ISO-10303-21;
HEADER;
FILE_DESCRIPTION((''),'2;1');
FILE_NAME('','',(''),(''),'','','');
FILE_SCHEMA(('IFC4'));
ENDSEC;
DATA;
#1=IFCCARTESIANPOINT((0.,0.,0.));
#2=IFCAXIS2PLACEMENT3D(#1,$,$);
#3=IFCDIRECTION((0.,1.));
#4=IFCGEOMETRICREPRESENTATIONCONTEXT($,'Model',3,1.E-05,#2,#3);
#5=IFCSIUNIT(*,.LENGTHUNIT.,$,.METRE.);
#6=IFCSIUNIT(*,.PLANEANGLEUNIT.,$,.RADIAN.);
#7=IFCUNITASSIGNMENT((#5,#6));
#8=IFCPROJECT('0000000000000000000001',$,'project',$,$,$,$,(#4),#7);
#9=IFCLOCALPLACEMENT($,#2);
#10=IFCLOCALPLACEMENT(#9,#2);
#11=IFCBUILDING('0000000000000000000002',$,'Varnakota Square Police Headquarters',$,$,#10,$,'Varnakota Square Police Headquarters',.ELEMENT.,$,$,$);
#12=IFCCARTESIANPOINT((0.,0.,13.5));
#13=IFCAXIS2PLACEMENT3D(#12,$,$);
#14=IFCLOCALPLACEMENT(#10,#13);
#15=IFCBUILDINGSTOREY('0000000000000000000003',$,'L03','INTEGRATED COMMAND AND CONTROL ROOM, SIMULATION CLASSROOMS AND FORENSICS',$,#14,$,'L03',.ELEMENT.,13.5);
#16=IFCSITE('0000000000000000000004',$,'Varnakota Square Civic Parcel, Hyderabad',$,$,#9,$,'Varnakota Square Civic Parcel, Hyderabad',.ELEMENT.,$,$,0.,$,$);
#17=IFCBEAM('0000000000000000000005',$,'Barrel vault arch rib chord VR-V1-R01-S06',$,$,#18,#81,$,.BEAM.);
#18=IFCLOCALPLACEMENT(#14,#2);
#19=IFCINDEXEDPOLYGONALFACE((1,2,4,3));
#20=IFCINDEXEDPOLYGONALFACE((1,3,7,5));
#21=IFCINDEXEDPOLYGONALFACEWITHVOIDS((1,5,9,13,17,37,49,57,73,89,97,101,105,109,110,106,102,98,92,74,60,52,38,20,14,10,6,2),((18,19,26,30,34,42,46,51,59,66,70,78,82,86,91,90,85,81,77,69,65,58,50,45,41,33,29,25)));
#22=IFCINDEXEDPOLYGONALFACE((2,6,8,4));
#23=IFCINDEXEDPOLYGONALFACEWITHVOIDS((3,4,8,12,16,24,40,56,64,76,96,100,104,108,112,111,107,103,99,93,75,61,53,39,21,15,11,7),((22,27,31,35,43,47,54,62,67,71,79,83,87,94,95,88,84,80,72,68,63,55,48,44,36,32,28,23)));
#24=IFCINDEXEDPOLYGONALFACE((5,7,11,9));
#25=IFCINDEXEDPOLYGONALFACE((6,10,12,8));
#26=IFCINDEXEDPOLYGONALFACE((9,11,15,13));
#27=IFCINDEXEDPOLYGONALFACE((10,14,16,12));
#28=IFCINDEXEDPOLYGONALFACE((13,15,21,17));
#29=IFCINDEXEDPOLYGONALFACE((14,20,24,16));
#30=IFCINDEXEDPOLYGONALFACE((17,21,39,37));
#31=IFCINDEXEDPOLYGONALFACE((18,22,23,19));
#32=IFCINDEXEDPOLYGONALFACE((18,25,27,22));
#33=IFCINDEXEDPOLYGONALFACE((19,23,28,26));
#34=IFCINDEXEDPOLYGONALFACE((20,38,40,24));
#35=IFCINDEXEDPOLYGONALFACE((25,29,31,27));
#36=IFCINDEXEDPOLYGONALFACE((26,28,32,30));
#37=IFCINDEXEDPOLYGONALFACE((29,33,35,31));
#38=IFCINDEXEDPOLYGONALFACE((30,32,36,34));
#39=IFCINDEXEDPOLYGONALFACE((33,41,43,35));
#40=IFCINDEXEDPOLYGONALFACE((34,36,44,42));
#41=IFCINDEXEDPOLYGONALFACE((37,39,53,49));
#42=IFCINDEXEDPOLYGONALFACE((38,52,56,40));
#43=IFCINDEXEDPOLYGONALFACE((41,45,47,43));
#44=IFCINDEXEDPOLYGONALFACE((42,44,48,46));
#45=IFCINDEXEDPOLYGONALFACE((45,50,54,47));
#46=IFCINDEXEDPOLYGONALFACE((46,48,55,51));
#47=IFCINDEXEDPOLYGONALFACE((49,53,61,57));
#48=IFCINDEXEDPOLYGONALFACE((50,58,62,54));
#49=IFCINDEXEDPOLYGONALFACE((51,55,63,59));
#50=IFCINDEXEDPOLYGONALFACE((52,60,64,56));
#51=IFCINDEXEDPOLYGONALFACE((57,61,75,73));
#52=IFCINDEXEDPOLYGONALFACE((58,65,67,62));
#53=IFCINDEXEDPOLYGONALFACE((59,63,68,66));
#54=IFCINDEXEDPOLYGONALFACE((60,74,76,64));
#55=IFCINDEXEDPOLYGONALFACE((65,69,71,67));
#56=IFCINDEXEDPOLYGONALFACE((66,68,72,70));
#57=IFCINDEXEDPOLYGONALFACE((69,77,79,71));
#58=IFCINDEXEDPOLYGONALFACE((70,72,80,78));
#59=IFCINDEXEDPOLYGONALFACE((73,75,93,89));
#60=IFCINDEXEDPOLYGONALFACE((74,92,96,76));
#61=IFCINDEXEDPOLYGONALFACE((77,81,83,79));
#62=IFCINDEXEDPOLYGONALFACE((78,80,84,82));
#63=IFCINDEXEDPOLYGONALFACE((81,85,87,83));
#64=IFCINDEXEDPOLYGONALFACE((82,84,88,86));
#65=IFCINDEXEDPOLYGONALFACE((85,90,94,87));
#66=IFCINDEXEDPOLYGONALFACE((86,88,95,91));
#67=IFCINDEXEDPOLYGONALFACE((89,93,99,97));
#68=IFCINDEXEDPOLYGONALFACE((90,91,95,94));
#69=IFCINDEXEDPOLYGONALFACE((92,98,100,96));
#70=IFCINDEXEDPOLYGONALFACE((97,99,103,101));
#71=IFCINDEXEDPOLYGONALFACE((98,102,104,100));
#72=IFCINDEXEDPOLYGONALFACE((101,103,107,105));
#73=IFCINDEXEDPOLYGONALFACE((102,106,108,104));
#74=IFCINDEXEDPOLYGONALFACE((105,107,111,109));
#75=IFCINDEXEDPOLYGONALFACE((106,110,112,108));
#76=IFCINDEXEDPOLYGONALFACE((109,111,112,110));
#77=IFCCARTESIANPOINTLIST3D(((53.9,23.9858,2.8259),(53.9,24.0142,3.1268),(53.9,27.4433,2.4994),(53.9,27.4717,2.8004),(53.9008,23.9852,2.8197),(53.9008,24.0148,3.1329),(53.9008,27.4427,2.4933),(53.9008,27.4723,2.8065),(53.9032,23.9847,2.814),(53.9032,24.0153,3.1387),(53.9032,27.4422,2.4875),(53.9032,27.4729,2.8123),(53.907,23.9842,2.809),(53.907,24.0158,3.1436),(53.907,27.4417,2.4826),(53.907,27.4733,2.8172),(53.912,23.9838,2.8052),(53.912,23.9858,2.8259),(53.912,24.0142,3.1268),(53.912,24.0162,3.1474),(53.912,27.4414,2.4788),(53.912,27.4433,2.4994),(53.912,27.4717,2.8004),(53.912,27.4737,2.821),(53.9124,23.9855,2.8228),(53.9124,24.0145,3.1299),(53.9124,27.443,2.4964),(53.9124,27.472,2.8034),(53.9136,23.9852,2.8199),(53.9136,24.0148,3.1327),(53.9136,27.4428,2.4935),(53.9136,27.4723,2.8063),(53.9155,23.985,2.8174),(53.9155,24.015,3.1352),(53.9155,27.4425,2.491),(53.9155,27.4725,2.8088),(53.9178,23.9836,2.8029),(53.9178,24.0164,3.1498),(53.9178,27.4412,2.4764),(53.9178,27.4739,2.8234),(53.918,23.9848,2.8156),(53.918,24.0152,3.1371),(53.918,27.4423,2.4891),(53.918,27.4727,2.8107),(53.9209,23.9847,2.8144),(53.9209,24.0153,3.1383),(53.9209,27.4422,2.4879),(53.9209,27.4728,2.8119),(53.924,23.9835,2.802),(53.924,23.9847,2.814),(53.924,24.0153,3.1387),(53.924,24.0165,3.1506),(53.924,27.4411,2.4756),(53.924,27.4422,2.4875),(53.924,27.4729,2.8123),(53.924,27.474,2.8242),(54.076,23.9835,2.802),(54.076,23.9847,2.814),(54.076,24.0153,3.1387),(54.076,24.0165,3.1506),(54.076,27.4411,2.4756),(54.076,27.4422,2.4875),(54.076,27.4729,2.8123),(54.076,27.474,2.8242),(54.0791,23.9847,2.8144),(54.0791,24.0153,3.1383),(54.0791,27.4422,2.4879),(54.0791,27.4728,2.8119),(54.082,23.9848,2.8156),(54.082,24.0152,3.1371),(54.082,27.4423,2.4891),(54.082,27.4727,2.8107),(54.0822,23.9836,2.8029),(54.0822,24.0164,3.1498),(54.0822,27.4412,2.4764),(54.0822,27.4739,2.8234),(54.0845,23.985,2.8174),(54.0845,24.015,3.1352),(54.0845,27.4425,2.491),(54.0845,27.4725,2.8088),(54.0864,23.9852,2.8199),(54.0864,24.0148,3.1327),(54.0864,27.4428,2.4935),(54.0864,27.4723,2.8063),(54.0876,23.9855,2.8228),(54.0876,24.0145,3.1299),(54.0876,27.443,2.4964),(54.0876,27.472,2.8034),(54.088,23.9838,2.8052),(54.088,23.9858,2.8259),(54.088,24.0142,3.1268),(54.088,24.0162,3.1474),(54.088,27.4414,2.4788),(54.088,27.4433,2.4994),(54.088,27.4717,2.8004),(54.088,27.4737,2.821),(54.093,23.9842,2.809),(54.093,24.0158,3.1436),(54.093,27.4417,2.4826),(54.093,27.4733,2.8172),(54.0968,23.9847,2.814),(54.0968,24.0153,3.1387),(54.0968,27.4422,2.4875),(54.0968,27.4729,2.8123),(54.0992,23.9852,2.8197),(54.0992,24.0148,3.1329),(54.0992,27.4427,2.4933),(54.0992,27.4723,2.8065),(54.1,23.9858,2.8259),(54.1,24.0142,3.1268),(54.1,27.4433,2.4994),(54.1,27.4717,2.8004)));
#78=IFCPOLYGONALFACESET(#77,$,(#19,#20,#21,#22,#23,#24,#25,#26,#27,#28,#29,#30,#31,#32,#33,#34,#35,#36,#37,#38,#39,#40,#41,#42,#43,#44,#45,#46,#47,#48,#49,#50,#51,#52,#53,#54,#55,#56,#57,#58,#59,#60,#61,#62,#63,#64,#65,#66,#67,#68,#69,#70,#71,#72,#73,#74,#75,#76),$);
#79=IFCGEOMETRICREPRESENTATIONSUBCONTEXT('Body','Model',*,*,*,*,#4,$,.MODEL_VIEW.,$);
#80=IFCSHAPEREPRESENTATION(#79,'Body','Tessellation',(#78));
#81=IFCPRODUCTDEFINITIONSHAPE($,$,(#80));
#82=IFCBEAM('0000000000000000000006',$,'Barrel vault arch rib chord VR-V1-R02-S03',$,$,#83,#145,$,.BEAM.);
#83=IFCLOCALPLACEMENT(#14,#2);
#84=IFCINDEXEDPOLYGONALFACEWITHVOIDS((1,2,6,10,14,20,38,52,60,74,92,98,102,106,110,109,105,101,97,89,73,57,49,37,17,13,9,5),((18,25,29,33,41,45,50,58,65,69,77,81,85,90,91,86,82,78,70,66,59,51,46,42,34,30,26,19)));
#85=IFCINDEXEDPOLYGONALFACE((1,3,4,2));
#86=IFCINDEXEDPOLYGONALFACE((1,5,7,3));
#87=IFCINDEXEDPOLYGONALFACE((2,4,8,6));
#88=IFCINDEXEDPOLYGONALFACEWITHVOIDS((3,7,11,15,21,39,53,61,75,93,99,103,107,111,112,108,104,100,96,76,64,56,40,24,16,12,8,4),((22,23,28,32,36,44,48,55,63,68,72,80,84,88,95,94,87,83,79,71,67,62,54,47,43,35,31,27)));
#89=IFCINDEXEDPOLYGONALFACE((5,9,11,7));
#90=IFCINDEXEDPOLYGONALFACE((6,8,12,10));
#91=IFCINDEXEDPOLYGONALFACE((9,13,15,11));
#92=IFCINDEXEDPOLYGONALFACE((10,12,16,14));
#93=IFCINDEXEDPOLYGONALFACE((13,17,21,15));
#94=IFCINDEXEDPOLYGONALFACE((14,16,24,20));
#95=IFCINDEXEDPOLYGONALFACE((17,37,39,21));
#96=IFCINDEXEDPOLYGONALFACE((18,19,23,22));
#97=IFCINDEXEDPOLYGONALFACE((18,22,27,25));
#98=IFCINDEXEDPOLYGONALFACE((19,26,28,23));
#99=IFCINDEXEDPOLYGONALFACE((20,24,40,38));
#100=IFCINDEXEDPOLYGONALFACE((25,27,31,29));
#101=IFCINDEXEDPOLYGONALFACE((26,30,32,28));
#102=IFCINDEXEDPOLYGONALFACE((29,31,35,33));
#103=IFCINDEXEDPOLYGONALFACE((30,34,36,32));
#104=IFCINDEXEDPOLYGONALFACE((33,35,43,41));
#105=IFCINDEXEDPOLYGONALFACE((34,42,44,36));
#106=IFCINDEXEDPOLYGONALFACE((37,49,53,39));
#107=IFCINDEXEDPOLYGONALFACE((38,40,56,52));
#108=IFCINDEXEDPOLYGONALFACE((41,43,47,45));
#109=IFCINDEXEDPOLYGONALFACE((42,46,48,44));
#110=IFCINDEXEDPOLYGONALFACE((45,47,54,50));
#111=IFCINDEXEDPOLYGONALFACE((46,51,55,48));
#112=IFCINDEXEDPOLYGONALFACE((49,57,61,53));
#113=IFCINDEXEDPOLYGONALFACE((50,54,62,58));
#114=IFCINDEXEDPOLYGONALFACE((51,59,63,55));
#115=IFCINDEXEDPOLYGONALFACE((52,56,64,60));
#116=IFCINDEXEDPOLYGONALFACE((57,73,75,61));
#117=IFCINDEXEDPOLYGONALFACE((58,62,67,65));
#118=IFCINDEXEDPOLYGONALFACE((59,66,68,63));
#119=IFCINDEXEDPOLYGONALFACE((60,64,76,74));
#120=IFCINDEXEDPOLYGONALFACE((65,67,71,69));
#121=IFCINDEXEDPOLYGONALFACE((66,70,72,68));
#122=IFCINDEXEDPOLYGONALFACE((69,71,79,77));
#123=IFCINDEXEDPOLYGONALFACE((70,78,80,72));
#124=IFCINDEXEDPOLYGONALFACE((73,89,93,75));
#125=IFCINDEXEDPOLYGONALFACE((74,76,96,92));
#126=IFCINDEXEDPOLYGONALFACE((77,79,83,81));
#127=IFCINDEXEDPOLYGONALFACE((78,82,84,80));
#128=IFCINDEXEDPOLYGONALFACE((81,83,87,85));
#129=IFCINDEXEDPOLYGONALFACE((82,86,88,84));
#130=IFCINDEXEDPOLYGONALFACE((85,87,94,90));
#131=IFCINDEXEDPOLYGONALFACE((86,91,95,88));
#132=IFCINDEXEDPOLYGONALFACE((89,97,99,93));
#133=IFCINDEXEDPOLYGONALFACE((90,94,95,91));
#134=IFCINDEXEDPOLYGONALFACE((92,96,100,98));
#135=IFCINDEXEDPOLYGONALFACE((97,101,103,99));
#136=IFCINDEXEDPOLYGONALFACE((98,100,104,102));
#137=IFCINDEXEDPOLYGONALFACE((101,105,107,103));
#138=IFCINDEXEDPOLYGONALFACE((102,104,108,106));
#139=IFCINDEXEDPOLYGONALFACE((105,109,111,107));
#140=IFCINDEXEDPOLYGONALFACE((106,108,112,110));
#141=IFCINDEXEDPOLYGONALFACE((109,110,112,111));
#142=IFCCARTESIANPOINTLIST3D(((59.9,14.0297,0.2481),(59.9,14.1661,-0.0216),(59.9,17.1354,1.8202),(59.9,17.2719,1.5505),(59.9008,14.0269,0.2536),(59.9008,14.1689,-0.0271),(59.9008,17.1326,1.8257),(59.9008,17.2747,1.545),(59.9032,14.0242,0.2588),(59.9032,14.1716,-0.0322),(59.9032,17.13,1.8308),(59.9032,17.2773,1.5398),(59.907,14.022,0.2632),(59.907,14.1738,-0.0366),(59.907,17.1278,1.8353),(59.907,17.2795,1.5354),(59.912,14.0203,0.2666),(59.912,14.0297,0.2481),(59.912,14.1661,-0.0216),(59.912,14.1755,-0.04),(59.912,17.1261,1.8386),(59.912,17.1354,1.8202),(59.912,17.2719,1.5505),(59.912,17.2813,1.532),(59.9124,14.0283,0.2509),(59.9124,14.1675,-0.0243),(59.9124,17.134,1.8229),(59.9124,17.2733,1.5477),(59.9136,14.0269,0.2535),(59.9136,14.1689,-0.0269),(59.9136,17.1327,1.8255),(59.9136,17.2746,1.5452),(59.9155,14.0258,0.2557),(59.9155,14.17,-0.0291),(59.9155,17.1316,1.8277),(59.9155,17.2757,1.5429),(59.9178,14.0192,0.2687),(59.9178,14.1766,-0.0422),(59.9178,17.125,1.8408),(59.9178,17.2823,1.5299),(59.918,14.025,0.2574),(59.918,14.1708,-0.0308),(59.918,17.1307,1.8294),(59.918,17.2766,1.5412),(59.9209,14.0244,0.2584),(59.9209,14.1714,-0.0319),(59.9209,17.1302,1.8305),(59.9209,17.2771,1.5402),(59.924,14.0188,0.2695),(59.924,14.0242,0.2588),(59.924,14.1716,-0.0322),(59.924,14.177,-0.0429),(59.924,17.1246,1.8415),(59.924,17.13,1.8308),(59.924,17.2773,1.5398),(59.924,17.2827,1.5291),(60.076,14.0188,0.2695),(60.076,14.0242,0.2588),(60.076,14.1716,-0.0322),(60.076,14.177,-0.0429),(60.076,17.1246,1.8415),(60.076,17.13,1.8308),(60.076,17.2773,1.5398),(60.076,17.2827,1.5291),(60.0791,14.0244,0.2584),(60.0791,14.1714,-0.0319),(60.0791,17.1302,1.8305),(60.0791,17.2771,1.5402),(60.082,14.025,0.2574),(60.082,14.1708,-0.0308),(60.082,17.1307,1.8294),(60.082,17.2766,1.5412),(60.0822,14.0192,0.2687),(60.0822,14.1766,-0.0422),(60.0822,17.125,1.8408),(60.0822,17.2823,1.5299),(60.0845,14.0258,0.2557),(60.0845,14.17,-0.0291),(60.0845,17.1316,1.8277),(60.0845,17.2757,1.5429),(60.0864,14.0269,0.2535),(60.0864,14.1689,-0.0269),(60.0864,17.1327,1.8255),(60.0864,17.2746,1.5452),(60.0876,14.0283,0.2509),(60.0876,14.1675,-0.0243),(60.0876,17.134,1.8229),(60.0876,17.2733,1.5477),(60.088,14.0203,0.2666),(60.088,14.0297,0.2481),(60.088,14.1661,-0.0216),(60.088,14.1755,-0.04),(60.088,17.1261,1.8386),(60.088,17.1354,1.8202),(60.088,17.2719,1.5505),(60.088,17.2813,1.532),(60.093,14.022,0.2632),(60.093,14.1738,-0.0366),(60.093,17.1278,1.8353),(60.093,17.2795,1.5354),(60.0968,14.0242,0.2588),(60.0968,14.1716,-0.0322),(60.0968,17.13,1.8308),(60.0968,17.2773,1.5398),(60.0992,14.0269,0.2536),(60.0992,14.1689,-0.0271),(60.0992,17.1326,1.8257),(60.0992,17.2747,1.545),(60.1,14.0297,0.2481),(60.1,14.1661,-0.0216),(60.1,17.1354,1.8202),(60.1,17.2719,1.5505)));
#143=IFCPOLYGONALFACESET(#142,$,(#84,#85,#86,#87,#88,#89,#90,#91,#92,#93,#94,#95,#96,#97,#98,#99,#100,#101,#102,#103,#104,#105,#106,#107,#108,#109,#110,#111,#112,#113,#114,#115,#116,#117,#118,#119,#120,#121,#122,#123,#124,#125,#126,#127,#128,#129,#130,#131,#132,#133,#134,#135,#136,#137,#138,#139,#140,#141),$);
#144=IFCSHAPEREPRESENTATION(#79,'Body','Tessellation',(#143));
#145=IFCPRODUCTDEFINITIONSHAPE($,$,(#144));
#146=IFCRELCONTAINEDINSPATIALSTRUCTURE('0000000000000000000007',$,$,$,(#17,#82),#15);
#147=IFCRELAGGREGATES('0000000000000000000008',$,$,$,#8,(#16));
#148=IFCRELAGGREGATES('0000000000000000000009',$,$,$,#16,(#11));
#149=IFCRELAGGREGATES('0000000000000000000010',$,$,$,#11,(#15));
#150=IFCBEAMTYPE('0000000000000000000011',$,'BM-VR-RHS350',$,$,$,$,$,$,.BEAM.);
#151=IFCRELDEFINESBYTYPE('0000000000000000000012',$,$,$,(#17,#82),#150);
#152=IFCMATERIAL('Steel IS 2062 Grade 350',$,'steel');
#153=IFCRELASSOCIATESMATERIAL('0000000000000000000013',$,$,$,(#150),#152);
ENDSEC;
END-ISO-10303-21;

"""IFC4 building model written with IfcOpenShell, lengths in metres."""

from ifc_helpers import new_model, si_unit, direction, frame, origin, origin_2d, place, context, subcontext, project, spatial, hollow_rectangle, extrude, material, material_profile, profile_set, type_object, element, save


model = new_model("IFC4")

# Units and contexts
model_context = context("Model", 3, precision=1e-05, world=origin(), true_north=direction((0.0, 1.0)))
body_context = subcontext(model_context, "Body", "Model", "MODEL_VIEW")
ifc_project = project(units=[si_unit("LENGTHUNIT", "METRE"), si_unit("PLANEANGLEUNIT", "RADIAN")], contexts=[model_context])

# Site, building, storey
site_placement = place(None, origin())
site = spatial("IfcSite", under=ifc_project, at=site_placement, Name="Varnakota Square Civic Parcel, Hyderabad", LongName="Varnakota Square Civic Parcel, Hyderabad", CompositionType="ELEMENT", RefElevation=0.0)
building_placement = place(site_placement, origin())
building = spatial("IfcBuilding", under=site, at=building_placement, Name="Varnakota Square Police Headquarters", LongName="Varnakota Square Police Headquarters", CompositionType="ELEMENT")
storey_placement = place(building_placement, frame((0.0, 0.0, 13.5)))
storey = spatial("IfcBuildingStorey", under=building, at=storey_placement, Name="L03", Description="INTEGRATED COMMAND AND CONTROL ROOM, SIMULATION CLASSROOMS AND FORENSICS", LongName="L03", CompositionType="ELEMENT", Elevation=13.5)

# Beams
ifc_material_1 = material(Name="Steel IS 2062 Grade 350", Category="steel")
ifc_material_profile_1 = material_profile(ifc_material_1, hollow_rectangle(XDim=0.2, YDim=0.3501, WallThickness=0.012, InnerFilletRadius=0.012, OuterFilletRadius=0.0239, at=origin_2d()), Name="RHS 350x200x12")
ifc_profile_set_1 = profile_set([ifc_material_profile_1], Name="Steel IS 2062 Grade 350")
beam_type = type_object("IfcBeamType", Name="BM-VR-RHS350", PredefinedType="BEAM", material=ifc_profile_set_1)
beam_1_placement = place(storey_placement, frame((54.0, 24.0, 2.9763), z_axis=(0.0, 0.995573, -0.09399), x_axis=(-1.0, 0.0, 0.0)))
element("IfcBeam", 1, at=beam_1_placement, inside=storey, type_object=beam_type, Name="Barrel vault arch rib chord VR-V1-R01-S06", PredefinedType="BEAM", context=body_context, shape_type="SweptSolid", body=[
    extrude(hollow_rectangle(XDim=0.2, YDim=0.3501, WallThickness=0.012, InnerFilletRadius=0.012, OuterFilletRadius=0.0239, at=origin_2d()), origin(), (0.0, 0.0, 1.0), 3.4729),
])
beam_2_placement = place(storey_placement, frame((60.0, 14.0979, 0.1133), z_axis=(0.0, 0.892214, 0.451613), x_axis=(-1.0, 0.0, 0.0)))
element("IfcBeam", 2, at=beam_2_placement, inside=storey, type_object=beam_type, Name="Barrel vault arch rib chord VR-V1-R02-S03", PredefinedType="BEAM", context=body_context, shape_type="SweptSolid", body=[
    extrude(hollow_rectangle(XDim=0.2, YDim=0.3501, WallThickness=0.012, InnerFilletRadius=0.012, OuterFilletRadius=0.0239, at=origin_2d()), origin(), (0.0, 0.0, 1.0), 3.481),
])

save(model, "model.ifc")
